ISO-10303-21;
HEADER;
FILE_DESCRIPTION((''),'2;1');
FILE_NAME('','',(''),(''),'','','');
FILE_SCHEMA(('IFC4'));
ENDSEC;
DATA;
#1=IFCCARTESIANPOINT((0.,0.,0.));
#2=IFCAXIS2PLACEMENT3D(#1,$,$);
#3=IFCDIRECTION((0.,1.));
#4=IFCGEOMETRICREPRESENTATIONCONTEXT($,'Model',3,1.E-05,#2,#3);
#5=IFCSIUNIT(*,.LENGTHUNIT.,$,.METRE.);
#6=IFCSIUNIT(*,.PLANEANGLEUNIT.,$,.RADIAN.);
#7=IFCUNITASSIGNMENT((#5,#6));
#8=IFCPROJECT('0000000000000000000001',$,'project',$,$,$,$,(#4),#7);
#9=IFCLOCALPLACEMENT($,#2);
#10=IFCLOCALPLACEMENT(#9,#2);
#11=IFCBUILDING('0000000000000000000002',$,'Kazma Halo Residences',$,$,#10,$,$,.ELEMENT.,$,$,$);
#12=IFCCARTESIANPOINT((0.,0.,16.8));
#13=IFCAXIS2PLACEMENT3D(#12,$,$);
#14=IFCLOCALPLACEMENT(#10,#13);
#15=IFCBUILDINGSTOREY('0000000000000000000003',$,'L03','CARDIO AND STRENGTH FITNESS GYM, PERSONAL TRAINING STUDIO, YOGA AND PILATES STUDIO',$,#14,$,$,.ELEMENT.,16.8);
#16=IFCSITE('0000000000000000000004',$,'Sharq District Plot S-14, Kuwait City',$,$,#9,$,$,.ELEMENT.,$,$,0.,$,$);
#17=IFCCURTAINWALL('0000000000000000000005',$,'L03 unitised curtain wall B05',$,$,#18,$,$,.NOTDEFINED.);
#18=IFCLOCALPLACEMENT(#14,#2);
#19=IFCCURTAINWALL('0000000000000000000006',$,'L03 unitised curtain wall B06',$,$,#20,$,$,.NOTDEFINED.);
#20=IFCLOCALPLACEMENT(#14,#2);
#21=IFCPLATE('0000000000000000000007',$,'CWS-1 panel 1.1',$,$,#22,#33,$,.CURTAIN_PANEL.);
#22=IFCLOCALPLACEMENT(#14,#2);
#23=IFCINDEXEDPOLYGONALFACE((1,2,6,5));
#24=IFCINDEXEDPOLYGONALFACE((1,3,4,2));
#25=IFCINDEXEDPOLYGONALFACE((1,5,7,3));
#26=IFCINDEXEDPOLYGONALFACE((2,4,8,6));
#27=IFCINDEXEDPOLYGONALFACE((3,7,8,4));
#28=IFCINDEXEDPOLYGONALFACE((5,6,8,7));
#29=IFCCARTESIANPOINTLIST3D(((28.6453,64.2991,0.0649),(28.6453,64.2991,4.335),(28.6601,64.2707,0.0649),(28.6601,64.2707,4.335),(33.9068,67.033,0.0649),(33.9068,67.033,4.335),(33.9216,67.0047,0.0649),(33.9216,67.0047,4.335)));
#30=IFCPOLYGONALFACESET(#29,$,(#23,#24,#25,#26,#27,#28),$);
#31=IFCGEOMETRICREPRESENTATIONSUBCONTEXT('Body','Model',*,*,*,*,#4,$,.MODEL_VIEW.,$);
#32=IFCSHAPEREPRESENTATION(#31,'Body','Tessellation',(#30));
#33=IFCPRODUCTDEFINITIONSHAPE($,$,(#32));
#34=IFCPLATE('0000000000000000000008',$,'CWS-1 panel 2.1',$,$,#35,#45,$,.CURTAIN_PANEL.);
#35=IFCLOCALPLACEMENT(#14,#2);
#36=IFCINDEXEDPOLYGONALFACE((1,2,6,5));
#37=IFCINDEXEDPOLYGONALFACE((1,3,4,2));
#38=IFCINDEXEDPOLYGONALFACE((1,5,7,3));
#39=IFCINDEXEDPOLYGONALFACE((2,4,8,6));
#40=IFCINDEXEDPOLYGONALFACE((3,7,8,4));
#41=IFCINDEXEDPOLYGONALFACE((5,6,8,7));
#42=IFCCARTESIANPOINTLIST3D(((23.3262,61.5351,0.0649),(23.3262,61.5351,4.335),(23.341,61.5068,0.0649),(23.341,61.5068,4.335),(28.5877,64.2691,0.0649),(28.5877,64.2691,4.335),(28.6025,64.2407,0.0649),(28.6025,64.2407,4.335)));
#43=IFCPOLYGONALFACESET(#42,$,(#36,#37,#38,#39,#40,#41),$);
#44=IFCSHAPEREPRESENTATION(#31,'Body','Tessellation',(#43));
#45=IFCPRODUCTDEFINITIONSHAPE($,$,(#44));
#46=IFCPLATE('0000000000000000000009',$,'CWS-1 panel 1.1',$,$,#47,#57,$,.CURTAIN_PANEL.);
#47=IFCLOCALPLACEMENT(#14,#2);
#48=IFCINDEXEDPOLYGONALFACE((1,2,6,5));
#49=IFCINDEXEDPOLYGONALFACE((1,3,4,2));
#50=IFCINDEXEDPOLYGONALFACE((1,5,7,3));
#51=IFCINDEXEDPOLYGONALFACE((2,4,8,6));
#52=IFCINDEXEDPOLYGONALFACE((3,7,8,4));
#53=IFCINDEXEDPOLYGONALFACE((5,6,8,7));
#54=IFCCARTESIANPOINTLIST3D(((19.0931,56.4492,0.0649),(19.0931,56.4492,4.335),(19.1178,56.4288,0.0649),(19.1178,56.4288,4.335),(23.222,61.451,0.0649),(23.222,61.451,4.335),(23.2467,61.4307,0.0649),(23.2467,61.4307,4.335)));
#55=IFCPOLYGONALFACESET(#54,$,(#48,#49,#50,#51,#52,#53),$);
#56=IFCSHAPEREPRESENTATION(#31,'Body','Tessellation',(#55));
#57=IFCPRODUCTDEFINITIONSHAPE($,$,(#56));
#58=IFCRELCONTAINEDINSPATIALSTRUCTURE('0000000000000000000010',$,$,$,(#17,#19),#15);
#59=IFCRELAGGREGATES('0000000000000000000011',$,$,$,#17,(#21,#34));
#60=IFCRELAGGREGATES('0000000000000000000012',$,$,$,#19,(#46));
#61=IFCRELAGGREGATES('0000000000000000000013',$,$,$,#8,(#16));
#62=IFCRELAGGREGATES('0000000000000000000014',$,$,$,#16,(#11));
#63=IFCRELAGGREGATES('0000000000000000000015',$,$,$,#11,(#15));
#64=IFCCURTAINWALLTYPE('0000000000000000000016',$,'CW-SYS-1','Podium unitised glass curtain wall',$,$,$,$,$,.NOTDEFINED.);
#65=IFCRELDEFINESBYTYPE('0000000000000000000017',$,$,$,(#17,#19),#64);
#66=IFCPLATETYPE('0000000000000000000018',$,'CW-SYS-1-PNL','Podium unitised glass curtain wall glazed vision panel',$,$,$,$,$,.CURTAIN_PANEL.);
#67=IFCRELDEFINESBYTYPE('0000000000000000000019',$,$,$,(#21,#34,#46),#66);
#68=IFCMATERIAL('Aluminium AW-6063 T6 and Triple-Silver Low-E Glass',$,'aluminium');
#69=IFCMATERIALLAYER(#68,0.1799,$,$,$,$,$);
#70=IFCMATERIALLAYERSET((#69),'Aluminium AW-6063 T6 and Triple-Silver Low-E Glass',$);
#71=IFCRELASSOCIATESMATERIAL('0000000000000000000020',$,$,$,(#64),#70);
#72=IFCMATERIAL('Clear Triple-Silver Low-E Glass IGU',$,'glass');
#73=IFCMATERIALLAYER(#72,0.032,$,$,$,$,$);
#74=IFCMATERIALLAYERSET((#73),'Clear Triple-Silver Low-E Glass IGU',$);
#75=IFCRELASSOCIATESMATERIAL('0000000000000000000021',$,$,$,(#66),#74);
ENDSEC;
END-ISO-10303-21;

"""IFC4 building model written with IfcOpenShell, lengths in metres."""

from ifc_helpers import new_model, si_unit, direction, frame, origin, origin_2d, place, context, subcontext, project, spatial, rectangle, extrude, material, layer, layer_set, type_object, element, aggregate, save


model = new_model("IFC4")

# Units and contexts
model_context = context("Model", 3, precision=1e-05, world=origin(), true_north=direction((0.0, 1.0)))
body_context = subcontext(model_context, "Body", "Model", "MODEL_VIEW")
ifc_project = project(units=[si_unit("LENGTHUNIT", "METRE"), si_unit("PLANEANGLEUNIT", "RADIAN")], contexts=[model_context])

# Site, building, storey
site_placement = place(None, origin())
site = spatial("IfcSite", under=ifc_project, at=site_placement, Name="Sharq District Plot S-14, Kuwait City", CompositionType="ELEMENT", RefElevation=0.0)
building_placement = place(site_placement, origin())
building = spatial("IfcBuilding", under=site, at=building_placement, Name="Kazma Halo Residences", CompositionType="ELEMENT")
storey_placement = place(building_placement, frame((0.0, 0.0, 16.8)))
storey = spatial("IfcBuildingStorey", under=building, at=storey_placement, Name="L03", Description="CARDIO AND STRENGTH FITNESS GYM, PERSONAL TRAINING STUDIO, YOGA AND PILATES STUDIO", CompositionType="ELEMENT", Elevation=16.8)

# Shared definitions
ifc_material_1 = material(Name="Aluminium AW-6063 T6 and Triple-Silver Low-E Glass", Category="aluminium")
ifc_layer_1 = layer(ifc_material_1, 0.1799)
ifc_layer_set_1 = layer_set([ifc_layer_1], Name="Aluminium AW-6063 T6 and Triple-Silver Low-E Glass")
curtain_wall_type = type_object("IfcCurtainWallType", Name="CW-SYS-1", Description="Podium unitised glass curtain wall", PredefinedType="NOTDEFINED", material=ifc_layer_set_1)

# Curtain walls
curtain_wall_1_placement = place(storey_placement, origin())
curtain_wall_1 = element("IfcCurtainWall", 1, at=curtain_wall_1_placement, inside=storey, type_object=curtain_wall_type, Name="L03 unitised curtain wall B05", PredefinedType="NOTDEFINED")
curtain_wall_2_placement = place(storey_placement, origin())
curtain_wall_2 = element("IfcCurtainWall", 2, at=curtain_wall_2_placement, inside=storey, type_object=curtain_wall_type, Name="L03 unitised curtain wall B06", PredefinedType="NOTDEFINED")

# Plates
ifc_material_2 = material(Name="Clear Triple-Silver Low-E Glass IGU", Category="glass")
ifc_layer_2 = layer(ifc_material_2, 0.032)
ifc_layer_set_2 = layer_set([ifc_layer_2], Name="Clear Triple-Silver Low-E Glass IGU")
plate_type = type_object("IfcPlateType", Name="CW-SYS-1-PNL", Description="Podium unitised glass curtain wall glazed vision panel", PredefinedType="CURTAIN_PANEL", material=ifc_layer_set_2)
plate_1_placement = place(storey_placement, frame((31.2834, 65.6519, 0.0649), z_axis=(0.0, 0.0, 1.0), x_axis=(-0.887355, -0.461087, 0.0)))
plate_1 = element("IfcPlate", 3, at=plate_1_placement, type_object=plate_type, Name="CWS-1 panel 1.1", PredefinedType="CURTAIN_PANEL", context=body_context, shape_type="SweptSolid", body=[
    extrude(rectangle(XDim=5.9294, YDim=0.032, at=origin_2d()), origin(), (0.0, 0.0, 1.0), 4.27),
])
plate_2_placement = place(storey_placement, frame((25.9644, 62.8879, 0.0649), z_axis=(0.0, 0.0, 1.0), x_axis=(-0.887355, -0.461087, 0.0)))
plate_2 = element("IfcPlate", 4, at=plate_2_placement, type_object=plate_type, Name="CWS-1 panel 2.1", PredefinedType="CURTAIN_PANEL", context=body_context, shape_type="SweptSolid", body=[
    extrude(rectangle(XDim=5.9294, YDim=0.032, at=origin_2d()), origin(), (0.0, 0.0, 1.0), 4.27),
])
aggregate(curtain_wall_1, [plate_1, plate_2])
plate_3_placement = place(storey_placement, frame((21.1699, 58.9399, 0.0649), z_axis=(0.0, 0.0, 1.0), x_axis=(-0.636603, -0.771192, 0.0)))
plate_3 = element("IfcPlate", 5, at=plate_3_placement, type_object=plate_type, Name="CWS-1 panel 1.1", PredefinedType="CURTAIN_PANEL", context=body_context, shape_type="SweptSolid", body=[
    extrude(rectangle(XDim=6.4858, YDim=0.032, at=origin_2d()), origin(), (0.0, 0.0, 1.0), 4.27),
])
aggregate(curtain_wall_2, [plate_3])

save(model, "model.ifc")
